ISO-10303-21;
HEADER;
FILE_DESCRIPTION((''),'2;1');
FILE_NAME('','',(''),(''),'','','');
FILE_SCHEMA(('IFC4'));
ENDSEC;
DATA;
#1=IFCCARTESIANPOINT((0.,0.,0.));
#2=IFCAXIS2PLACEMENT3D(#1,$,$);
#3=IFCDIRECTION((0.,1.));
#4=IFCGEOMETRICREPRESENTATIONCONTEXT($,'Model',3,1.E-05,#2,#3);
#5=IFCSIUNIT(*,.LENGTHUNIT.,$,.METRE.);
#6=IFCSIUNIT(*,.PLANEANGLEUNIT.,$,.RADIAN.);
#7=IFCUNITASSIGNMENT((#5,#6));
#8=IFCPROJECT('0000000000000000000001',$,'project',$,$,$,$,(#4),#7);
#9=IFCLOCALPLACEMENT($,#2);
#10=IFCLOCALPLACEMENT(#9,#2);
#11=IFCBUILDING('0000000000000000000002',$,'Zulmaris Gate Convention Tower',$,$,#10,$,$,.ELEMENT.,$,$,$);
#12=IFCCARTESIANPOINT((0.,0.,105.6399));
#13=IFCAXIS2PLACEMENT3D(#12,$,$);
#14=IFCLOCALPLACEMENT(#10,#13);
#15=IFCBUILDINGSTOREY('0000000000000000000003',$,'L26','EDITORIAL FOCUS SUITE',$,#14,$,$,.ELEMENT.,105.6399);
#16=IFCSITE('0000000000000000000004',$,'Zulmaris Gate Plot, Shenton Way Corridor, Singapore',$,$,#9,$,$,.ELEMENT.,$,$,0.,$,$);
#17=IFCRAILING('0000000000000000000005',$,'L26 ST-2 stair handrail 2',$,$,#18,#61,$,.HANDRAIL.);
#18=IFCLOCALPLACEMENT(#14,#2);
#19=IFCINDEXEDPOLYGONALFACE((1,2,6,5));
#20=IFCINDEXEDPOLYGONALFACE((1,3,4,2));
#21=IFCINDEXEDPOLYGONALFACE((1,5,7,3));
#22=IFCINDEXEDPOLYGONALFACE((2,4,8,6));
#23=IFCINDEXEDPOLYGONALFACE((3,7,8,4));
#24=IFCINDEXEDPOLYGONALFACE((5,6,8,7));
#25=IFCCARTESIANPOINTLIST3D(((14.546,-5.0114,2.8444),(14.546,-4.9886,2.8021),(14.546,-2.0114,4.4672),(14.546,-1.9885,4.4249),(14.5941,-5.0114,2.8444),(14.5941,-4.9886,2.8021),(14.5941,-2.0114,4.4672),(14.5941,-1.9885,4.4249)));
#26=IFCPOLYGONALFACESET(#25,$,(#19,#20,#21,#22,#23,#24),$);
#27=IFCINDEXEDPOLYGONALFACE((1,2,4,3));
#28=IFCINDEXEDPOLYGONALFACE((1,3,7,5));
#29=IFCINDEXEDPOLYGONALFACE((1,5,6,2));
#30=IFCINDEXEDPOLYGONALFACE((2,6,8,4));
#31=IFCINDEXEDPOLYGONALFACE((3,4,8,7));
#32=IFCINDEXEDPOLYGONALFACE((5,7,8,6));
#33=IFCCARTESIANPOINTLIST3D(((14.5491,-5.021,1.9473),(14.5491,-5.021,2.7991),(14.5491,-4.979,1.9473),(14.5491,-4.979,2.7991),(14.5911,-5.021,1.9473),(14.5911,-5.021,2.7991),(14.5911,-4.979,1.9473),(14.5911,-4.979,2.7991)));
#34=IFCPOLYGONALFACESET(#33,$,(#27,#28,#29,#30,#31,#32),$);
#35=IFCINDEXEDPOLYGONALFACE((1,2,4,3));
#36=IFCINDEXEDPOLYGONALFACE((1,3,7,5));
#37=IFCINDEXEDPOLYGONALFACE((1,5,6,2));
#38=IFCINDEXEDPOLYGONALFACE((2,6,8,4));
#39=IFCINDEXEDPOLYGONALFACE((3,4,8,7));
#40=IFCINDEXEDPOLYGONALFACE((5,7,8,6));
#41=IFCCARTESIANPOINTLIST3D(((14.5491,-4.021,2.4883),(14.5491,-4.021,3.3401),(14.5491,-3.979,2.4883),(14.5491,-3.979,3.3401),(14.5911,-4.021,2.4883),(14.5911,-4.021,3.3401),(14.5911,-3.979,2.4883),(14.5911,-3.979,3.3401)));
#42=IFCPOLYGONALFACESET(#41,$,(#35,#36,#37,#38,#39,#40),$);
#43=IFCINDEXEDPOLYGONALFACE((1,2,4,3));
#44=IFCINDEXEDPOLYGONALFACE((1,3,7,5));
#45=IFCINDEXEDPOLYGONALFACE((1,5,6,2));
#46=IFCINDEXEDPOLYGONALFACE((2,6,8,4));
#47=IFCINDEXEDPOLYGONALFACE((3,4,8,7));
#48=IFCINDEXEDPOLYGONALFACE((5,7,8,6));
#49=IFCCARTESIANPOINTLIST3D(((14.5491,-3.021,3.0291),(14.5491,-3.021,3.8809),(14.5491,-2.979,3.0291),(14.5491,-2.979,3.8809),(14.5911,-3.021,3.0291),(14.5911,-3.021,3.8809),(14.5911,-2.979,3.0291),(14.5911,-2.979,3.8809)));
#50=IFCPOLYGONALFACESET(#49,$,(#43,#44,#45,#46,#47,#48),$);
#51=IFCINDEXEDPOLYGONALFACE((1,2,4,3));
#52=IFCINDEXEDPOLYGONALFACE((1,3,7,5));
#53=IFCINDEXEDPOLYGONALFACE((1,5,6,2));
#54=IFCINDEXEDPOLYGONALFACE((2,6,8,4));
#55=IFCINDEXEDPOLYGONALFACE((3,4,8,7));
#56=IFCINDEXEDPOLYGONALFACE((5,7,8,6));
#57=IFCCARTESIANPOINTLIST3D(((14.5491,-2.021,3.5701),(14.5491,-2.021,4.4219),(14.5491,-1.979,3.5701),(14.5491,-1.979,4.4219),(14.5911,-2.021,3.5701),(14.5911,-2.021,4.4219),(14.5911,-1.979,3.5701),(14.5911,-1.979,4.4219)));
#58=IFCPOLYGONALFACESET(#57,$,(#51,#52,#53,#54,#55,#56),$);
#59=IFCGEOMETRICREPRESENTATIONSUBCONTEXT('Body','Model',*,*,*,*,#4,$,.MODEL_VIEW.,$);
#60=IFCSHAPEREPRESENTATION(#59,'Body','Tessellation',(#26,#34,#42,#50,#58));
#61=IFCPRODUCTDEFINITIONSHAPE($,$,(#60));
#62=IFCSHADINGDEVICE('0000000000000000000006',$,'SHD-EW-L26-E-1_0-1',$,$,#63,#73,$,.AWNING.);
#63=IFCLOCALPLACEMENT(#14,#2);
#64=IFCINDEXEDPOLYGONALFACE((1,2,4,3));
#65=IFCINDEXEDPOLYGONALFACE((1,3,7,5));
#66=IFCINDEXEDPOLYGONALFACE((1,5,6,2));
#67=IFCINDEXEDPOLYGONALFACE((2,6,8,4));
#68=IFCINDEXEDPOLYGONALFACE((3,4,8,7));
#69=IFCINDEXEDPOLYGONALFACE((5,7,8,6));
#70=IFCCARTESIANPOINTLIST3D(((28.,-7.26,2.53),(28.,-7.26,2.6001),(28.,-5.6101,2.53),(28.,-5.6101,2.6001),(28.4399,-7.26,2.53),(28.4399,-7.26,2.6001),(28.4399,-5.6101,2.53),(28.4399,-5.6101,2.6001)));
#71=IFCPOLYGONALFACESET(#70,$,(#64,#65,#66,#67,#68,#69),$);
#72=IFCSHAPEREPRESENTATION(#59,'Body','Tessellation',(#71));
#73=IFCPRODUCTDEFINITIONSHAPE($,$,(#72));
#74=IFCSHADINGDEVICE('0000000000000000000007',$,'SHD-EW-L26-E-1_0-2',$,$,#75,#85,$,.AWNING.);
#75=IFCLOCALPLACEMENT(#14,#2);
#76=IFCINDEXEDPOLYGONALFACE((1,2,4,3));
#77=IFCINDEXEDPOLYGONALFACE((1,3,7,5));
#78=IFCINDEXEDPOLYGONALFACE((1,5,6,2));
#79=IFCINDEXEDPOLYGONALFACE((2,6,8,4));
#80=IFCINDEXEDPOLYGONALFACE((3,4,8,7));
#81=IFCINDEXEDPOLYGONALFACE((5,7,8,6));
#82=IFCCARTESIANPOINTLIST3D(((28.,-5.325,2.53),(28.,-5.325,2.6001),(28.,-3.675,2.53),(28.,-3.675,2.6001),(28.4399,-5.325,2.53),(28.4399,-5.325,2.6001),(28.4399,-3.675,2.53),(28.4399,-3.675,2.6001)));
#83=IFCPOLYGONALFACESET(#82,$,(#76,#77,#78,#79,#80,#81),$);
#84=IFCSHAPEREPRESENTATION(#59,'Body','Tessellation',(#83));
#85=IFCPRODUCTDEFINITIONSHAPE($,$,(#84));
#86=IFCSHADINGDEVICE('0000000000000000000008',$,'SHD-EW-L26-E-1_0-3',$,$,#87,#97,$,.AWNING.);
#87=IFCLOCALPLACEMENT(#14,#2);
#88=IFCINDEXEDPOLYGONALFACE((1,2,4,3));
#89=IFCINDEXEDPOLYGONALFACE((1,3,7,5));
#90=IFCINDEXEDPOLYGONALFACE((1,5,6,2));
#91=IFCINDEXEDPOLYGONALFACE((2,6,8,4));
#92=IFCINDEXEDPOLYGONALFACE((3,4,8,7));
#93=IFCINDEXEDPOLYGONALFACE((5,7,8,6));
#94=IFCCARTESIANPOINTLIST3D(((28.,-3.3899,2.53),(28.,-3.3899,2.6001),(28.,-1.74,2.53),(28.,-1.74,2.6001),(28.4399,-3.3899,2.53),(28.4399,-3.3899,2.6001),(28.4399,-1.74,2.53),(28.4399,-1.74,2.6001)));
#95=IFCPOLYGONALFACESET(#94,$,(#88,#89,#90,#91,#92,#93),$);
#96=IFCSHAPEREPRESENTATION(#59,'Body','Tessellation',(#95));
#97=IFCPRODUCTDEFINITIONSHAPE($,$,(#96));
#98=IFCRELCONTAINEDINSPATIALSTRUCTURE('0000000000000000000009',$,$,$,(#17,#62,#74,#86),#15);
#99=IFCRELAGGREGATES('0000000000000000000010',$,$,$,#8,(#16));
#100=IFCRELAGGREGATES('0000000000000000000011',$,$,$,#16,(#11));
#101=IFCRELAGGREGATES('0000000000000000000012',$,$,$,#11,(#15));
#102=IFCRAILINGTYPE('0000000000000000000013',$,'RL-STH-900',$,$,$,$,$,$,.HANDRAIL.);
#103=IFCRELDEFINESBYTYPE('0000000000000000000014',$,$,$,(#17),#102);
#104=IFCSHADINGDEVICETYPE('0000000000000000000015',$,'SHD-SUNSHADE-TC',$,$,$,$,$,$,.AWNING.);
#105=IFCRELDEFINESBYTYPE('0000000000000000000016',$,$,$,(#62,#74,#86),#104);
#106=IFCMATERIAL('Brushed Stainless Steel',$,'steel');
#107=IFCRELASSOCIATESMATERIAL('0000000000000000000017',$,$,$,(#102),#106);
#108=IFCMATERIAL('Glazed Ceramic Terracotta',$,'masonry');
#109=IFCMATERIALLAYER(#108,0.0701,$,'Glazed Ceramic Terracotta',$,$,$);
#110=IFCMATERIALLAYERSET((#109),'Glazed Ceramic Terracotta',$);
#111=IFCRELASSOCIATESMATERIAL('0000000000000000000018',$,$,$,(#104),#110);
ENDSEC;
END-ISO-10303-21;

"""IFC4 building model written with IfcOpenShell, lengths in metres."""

from ifc_helpers import new_model, si_unit, direction, frame, frame_2d, origin, origin_2d, place, context, subcontext, project, spatial, rectangle, extrude, material, layer, layer_set, type_object, element, save


model = new_model("IFC4")

# Units and contexts
model_context = context("Model", 3, precision=1e-05, world=origin(), true_north=direction((0.0, 1.0)))
body_context = subcontext(model_context, "Body", "Model", "MODEL_VIEW")
ifc_project = project(units=[si_unit("LENGTHUNIT", "METRE"), si_unit("PLANEANGLEUNIT", "RADIAN")], contexts=[model_context])

# Site, building, storey
site_placement = place(None, origin())
site = spatial("IfcSite", under=ifc_project, at=site_placement, Name="Zulmaris Gate Plot, Shenton Way Corridor, Singapore", CompositionType="ELEMENT", RefElevation=0.0)
building_placement = place(site_placement, origin())
building = spatial("IfcBuilding", under=site, at=building_placement, Name="Zulmaris Gate Convention Tower", CompositionType="ELEMENT")
storey_placement = place(building_placement, frame((0.0, 0.0, 105.6399)))
storey = spatial("IfcBuildingStorey", under=building, at=storey_placement, Name="L26", Description="EDITORIAL FOCUS SUITE", CompositionType="ELEMENT", Elevation=105.6399)

# Shared definitions
ifc_material_1 = material(Name="Brushed Stainless Steel", Category="steel")

# Railing
railing_type_1 = type_object("IfcRailingType", Name="RL-STH-900", PredefinedType="HANDRAIL", material=ifc_material_1)
railing_1_placement = place(storey_placement, frame((14.5701, -5.0, 1.9473)))
element("IfcRailing", 1, at=railing_1_placement, inside=storey, type_object=railing_type_1, Name="L26 ST-2 stair handrail 2", PredefinedType="HANDRAIL", context=body_context, shape_type="SweptSolid", body=[
    extrude(rectangle(XDim=0.0481, YDim=0.0481, at=origin_2d()), frame((0.0, 0.0, 0.876), z_axis=(0.0, 0.879562, 0.475785), x_axis=(-1.0, 0.0, 0.0)), (0.0, 0.0, 1.0), 3.4109),
    extrude(rectangle(XDim=0.042, YDim=0.042, at=origin_2d()), origin(), (0.0, 0.0, 1.0), 0.8518),
    extrude(rectangle(XDim=0.042, YDim=0.042, at=origin_2d()), frame((0.0, 1.0, 0.541)), (0.0, 0.0, 1.0), 0.8518),
    extrude(rectangle(XDim=0.042, YDim=0.042, at=origin_2d()), frame((0.0, 2.0, 1.0818)), (0.0, 0.0, 1.0), 0.8518),
    extrude(rectangle(XDim=0.042, YDim=0.042, at=origin_2d()), frame((0.0, 3.0, 1.6228)), (0.0, 0.0, 1.0), 0.8518),
])

# Shading devices
ifc_material_2 = material(Name="Glazed Ceramic Terracotta", Category="masonry")
ifc_layer_1 = layer(ifc_material_2, 0.0701, Name="Glazed Ceramic Terracotta")
ifc_layer_set_1 = layer_set([ifc_layer_1], Name="Glazed Ceramic Terracotta")
shading_device_type = type_object("IfcShadingDeviceType", Name="SHD-SUNSHADE-TC", PredefinedType="AWNING", material=ifc_layer_set_1)
for number, where, z_axis, x_axis, name in (
    (2, (28.22, -7.26, 2.53), (0.0, 0.0, 1.0), (0.0, 1.0, 0.0), "SHD-EW-L26-E-1_0-1"),
    (3, (28.22, -5.325, 2.53), (0.0, 0.0, 1.0), (0.0, 1.0, 0.0), "SHD-EW-L26-E-1_0-2"),
    (4, (28.22, -3.3899, 2.53), (0.0, 0.0, 1.0), (0.0, 1.0, 0.0), "SHD-EW-L26-E-1_0-3"),
):
    element("IfcShadingDevice", number, at=place(storey_placement, frame(where, z_axis=z_axis, x_axis=x_axis)), inside=storey, type_object=shading_device_type, Name=name, PredefinedType="AWNING", context=body_context, shape_type="SweptSolid", body=[
        extrude(rectangle(XDim=1.6499, YDim=0.4399, at=frame_2d((0.825, 0.0))), origin(), (0.0, 0.0, 1.0), 0.0701),
    ])

save(model, "model.ifc")
